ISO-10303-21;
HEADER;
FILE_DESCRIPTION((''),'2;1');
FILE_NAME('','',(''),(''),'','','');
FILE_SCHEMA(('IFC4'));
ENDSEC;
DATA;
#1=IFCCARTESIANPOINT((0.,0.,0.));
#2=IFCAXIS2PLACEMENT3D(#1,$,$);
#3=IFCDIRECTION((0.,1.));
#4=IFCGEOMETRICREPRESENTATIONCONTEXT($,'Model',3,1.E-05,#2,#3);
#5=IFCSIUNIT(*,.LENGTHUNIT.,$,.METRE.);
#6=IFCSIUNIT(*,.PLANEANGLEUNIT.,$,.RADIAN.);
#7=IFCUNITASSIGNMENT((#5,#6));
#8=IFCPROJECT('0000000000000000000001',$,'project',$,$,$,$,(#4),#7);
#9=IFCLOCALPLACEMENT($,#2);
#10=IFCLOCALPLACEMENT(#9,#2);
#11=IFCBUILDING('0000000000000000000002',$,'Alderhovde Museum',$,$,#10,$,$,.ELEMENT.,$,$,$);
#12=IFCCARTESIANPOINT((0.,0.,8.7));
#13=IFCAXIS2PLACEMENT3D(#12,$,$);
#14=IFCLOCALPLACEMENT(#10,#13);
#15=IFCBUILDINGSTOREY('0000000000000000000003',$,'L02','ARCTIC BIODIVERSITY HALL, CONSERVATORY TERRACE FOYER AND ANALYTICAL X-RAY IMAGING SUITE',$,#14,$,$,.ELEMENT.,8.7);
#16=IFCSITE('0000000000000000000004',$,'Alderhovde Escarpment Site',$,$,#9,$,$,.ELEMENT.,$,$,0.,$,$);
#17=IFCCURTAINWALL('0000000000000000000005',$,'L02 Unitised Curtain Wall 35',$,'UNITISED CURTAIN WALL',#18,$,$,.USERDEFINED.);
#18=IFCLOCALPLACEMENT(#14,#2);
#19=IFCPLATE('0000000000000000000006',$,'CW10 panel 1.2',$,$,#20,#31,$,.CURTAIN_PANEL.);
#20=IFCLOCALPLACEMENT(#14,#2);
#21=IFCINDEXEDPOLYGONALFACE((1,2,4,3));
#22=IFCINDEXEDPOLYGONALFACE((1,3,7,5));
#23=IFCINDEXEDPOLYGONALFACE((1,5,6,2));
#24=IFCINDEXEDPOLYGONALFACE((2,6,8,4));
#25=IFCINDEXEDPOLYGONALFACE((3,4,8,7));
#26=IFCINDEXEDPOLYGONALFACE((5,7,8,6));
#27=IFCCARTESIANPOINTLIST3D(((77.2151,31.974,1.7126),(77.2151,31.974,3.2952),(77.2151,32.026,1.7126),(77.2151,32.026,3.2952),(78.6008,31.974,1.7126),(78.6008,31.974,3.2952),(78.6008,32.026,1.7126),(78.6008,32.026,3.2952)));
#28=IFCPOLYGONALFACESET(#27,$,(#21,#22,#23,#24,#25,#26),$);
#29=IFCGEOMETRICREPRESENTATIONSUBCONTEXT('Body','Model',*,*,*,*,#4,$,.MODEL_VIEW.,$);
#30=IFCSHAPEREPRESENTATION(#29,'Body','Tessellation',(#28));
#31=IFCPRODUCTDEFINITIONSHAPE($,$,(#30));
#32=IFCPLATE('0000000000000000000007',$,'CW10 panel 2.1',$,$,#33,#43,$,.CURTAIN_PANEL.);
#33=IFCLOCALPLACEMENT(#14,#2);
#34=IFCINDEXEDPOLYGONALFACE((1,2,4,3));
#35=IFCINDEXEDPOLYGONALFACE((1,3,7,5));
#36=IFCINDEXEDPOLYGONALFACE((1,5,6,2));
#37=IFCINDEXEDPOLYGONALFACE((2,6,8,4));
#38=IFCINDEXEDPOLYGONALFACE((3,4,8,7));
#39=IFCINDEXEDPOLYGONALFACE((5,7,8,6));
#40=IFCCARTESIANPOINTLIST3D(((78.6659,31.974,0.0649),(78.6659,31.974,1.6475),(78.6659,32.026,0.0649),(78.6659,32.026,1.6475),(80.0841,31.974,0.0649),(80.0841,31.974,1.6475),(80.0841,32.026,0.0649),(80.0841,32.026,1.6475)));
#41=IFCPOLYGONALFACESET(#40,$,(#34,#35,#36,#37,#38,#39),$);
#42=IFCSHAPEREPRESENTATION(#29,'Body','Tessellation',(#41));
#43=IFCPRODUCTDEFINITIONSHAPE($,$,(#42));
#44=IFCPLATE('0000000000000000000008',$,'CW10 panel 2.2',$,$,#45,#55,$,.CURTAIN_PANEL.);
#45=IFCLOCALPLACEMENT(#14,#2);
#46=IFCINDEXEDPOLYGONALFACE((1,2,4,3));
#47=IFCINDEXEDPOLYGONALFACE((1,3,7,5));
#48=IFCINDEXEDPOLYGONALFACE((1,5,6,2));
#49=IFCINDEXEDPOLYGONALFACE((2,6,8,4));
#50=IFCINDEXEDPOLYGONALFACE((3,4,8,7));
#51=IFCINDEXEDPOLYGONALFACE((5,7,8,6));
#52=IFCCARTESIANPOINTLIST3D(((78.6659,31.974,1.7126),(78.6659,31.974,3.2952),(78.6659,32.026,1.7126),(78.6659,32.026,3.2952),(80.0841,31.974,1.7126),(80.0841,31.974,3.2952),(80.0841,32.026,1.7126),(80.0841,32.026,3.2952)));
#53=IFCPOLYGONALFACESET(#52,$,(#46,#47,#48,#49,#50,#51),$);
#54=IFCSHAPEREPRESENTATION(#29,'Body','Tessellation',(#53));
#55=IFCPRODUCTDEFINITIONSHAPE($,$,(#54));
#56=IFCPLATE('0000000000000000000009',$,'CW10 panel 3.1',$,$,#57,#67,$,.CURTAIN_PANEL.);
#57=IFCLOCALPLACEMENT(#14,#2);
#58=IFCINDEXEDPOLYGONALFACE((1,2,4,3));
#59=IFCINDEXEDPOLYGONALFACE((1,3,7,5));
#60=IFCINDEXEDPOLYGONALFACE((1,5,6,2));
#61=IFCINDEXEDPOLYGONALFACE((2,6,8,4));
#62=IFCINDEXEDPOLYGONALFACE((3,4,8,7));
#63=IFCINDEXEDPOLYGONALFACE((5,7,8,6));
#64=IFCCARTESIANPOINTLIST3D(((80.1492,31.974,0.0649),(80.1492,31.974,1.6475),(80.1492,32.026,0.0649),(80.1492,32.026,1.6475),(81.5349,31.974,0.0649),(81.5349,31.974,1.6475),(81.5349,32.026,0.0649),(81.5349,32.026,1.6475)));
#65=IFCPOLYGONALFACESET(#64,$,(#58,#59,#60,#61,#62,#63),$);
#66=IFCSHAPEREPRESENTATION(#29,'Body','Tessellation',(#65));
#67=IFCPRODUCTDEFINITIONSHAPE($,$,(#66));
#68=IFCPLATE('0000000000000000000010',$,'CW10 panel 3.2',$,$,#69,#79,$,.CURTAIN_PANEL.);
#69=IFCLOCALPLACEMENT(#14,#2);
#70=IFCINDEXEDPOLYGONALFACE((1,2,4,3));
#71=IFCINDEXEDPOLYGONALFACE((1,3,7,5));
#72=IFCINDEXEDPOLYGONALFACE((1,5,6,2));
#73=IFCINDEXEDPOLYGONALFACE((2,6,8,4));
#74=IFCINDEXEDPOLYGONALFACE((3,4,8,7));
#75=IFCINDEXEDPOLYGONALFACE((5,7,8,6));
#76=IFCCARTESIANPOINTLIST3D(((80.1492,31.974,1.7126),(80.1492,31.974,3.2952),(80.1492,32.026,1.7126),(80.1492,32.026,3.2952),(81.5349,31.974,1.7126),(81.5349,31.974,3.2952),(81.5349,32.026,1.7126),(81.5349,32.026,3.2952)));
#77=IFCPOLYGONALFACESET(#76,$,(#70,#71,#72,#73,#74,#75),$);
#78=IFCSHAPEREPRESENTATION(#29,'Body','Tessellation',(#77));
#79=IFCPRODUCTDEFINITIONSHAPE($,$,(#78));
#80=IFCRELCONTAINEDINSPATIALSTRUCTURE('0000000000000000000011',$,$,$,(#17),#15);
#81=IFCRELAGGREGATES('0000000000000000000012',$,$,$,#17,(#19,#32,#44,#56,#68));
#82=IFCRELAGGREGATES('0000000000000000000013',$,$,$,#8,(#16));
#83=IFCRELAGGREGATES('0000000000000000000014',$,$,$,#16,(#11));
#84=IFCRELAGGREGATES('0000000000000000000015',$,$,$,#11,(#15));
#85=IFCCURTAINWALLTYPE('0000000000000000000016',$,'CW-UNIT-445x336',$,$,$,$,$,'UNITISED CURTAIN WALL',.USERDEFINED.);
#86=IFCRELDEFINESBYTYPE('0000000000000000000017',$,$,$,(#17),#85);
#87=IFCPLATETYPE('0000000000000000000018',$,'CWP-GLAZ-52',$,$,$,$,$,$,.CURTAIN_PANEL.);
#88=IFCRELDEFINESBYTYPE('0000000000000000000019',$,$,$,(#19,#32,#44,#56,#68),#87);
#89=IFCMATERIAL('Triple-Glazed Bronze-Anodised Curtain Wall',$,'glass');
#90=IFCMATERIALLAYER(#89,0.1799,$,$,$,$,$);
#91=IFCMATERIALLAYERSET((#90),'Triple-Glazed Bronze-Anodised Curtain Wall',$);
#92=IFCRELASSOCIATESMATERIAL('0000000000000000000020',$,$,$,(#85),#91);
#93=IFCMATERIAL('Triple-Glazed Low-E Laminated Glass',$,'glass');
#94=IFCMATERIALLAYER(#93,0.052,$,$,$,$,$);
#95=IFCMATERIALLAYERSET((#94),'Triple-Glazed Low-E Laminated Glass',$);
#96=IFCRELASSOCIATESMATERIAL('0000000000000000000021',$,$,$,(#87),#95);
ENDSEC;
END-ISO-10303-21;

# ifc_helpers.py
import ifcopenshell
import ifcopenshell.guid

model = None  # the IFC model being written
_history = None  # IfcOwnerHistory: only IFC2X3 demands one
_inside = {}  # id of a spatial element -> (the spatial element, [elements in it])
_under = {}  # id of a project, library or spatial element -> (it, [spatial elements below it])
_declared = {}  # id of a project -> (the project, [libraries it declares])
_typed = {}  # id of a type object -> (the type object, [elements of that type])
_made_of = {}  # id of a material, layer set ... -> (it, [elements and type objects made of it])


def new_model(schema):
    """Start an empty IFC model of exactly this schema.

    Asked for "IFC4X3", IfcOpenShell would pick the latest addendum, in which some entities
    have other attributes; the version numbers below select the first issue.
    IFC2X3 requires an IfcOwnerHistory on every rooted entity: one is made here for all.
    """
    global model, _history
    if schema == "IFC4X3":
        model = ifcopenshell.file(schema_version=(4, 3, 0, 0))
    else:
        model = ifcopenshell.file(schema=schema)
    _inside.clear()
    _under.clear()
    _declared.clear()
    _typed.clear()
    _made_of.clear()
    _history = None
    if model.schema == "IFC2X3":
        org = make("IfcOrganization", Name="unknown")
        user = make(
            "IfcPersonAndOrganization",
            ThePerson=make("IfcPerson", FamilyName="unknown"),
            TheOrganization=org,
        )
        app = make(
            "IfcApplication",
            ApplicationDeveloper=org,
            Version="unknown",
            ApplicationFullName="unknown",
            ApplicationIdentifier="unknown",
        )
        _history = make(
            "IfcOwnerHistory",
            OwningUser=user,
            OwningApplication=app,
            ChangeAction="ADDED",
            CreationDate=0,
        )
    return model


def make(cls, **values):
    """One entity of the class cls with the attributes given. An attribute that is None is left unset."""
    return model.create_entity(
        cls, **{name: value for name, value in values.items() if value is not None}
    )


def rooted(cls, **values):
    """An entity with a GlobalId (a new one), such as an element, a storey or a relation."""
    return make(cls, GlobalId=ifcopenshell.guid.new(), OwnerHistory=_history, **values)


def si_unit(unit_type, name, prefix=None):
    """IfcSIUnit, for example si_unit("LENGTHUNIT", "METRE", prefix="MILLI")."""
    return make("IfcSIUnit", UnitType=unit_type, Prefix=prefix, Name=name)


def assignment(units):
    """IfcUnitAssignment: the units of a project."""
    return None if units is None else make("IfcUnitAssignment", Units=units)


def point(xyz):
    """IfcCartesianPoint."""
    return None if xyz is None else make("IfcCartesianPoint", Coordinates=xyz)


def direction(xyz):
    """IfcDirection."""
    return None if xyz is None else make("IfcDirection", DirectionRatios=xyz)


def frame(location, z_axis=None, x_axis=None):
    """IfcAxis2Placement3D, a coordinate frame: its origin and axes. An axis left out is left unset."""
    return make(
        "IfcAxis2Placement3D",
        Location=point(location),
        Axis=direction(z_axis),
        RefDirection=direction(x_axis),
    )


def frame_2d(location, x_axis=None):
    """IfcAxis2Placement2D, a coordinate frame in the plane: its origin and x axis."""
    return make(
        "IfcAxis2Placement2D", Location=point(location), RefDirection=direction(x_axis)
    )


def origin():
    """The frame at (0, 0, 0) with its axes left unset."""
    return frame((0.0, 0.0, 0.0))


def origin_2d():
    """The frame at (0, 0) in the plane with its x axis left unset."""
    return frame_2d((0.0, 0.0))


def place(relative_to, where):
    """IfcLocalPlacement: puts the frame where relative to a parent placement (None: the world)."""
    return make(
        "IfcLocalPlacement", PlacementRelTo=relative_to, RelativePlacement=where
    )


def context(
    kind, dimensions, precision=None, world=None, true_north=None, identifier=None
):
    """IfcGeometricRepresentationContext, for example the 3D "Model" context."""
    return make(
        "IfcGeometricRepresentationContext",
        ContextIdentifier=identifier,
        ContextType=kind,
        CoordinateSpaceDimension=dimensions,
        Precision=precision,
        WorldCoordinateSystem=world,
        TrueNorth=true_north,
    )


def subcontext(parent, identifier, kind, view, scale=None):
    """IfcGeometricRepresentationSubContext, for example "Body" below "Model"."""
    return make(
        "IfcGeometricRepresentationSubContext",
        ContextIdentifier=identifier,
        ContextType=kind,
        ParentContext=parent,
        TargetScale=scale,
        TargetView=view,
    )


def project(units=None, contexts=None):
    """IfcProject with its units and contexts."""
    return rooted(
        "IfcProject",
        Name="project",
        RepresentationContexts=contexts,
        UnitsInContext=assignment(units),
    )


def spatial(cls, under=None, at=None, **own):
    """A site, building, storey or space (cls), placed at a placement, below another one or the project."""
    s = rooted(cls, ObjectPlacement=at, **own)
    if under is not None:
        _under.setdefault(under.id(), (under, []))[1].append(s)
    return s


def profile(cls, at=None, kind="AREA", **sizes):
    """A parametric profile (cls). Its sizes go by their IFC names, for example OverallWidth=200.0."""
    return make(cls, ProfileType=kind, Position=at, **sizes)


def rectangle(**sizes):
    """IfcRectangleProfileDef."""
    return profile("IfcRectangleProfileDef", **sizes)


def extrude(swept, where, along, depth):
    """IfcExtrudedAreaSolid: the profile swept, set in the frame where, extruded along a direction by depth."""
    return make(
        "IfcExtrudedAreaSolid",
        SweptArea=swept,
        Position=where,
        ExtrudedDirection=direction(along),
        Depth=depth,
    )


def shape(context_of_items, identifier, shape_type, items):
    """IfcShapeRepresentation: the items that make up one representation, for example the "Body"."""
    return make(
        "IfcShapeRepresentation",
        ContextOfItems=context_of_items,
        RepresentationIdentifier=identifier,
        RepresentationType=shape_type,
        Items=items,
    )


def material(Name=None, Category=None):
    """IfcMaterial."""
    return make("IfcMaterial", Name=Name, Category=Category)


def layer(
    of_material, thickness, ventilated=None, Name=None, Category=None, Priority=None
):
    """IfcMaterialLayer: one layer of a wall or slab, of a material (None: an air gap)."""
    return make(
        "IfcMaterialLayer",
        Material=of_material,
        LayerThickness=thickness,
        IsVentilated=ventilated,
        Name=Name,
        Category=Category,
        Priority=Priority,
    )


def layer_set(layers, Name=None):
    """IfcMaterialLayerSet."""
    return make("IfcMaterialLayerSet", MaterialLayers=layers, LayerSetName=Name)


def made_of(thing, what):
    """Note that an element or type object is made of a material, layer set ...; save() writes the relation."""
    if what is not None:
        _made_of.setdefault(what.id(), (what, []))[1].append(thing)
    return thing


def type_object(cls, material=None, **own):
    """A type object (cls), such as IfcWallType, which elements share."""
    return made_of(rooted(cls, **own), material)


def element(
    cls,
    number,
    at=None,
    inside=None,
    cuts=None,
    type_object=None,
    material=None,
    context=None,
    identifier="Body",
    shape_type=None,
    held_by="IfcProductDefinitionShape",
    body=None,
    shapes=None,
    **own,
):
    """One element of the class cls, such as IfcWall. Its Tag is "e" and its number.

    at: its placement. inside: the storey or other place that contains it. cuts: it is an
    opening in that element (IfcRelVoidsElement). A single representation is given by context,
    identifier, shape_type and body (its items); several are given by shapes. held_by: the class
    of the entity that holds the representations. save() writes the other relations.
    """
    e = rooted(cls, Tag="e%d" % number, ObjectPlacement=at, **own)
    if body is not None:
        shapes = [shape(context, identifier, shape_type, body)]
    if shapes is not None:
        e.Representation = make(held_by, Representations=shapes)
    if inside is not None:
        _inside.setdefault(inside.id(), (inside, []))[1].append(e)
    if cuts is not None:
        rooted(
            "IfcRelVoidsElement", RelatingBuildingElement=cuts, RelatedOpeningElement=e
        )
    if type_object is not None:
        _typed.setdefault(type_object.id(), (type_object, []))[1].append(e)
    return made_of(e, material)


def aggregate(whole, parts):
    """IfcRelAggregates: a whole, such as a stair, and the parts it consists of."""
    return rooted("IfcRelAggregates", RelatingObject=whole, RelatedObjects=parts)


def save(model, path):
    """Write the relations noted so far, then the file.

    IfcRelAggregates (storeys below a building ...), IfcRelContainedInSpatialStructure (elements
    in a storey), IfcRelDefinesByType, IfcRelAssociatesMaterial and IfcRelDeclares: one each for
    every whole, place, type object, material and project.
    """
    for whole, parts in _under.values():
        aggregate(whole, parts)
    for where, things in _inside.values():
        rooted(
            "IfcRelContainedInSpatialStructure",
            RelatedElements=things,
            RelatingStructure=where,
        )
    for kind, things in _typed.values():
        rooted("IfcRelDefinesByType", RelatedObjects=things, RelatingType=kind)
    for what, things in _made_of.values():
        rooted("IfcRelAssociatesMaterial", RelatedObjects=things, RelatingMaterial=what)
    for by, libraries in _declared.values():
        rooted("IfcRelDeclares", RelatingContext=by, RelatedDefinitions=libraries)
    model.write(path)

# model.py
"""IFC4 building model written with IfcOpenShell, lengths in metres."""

from ifc_helpers import new_model, si_unit, direction, frame, origin, origin_2d, place, context, subcontext, project, spatial, rectangle, extrude, material, layer, layer_set, type_object, element, aggregate, save


model = new_model("IFC4")

# Units and contexts
model_context = context("Model", 3, precision=1e-05, world=origin(), true_north=direction((0.0, 1.0)))
body_context = subcontext(model_context, "Body", "Model", "MODEL_VIEW")
ifc_project = project(units=[si_unit("LENGTHUNIT", "METRE"), si_unit("PLANEANGLEUNIT", "RADIAN")], contexts=[model_context])

# Site, building, storey
site_placement = place(None, origin())
site = spatial("IfcSite", under=ifc_project, at=site_placement, Name="Alderhovde Escarpment Site", CompositionType="ELEMENT", RefElevation=0.0)
building_placement = place(site_placement, origin())
building = spatial("IfcBuilding", under=site, at=building_placement, Name="Alderhovde Museum", CompositionType="ELEMENT")
storey_placement = place(building_placement, frame((0.0, 0.0, 8.7)))
storey = spatial("IfcBuildingStorey", under=building, at=storey_placement, Name="L02", Description="ARCTIC BIODIVERSITY HALL, CONSERVATORY TERRACE FOYER AND ANALYTICAL X-RAY IMAGING SUITE", CompositionType="ELEMENT", Elevation=8.7)

# Curtain wall
ifc_material_1 = material(Name="Triple-Glazed Bronze-Anodised Curtain Wall", Category="glass")
ifc_layer_1 = layer(ifc_material_1, 0.1799)
ifc_layer_set_1 = layer_set([ifc_layer_1], Name="Triple-Glazed Bronze-Anodised Curtain Wall")
curtain_wall_type_1 = type_object("IfcCurtainWallType", Name="CW-UNIT-445x336", ElementType="UNITISED CURTAIN WALL", PredefinedType="USERDEFINED", material=ifc_layer_set_1)
curtain_wall_1_placement = place(storey_placement, origin())
curtain_wall_1 = element("IfcCurtainWall", 1, at=curtain_wall_1_placement, inside=storey, type_object=curtain_wall_type_1, Name="L02 Unitised Curtain Wall 35", ObjectType="UNITISED CURTAIN WALL", PredefinedType="USERDEFINED")

# Plates
ifc_material_2 = material(Name="Triple-Glazed Low-E Laminated Glass", Category="glass")
ifc_layer_2 = layer(ifc_material_2, 0.052)
ifc_layer_set_2 = layer_set([ifc_layer_2], Name="Triple-Glazed Low-E Laminated Glass")
plate_type_1 = type_object("IfcPlateType", Name="CWP-GLAZ-52", PredefinedType="CURTAIN_PANEL", material=ifc_layer_set_2)
plate_1_placement = place(storey_placement, frame((77.908, 32.0, 1.7126), z_axis=(0.0, 0.0, 1.0), x_axis=(1.0, 0.0, 0.0)))
plate_1 = element("IfcPlate", 2, at=plate_1_placement, type_object=plate_type_1, Name="CW10 panel 1.2", PredefinedType="CURTAIN_PANEL", context=body_context, shape_type="SweptSolid", body=[
    extrude(rectangle(XDim=1.3857, YDim=0.052, at=origin_2d()), origin(), (0.0, 0.0, 1.0), 1.5825),
])
plate_2_placement = place(storey_placement, frame((79.375, 32.0, 0.0649), z_axis=(0.0, 0.0, 1.0), x_axis=(1.0, 0.0, 0.0)))
plate_2 = element("IfcPlate", 3, at=plate_2_placement, type_object=plate_type_1, Name="CW10 panel 2.1", PredefinedType="CURTAIN_PANEL", context=body_context, shape_type="SweptSolid", body=[
    extrude(rectangle(XDim=1.4182, YDim=0.052, at=origin_2d()), origin(), (0.0, 0.0, 1.0), 1.5825),
])
plate_3_placement = place(storey_placement, frame((79.375, 32.0, 1.7126), z_axis=(0.0, 0.0, 1.0), x_axis=(1.0, 0.0, 0.0)))
plate_3 = element("IfcPlate", 4, at=plate_3_placement, type_object=plate_type_1, Name="CW10 panel 2.2", PredefinedType="CURTAIN_PANEL", context=body_context, shape_type="SweptSolid", body=[
    extrude(rectangle(XDim=1.4182, YDim=0.052, at=origin_2d()), origin(), (0.0, 0.0, 1.0), 1.5825),
])
plate_4_placement = place(storey_placement, frame((80.842, 32.0, 0.0649), z_axis=(0.0, 0.0, 1.0), x_axis=(1.0, 0.0, 0.0)))
plate_4 = element("IfcPlate", 5, at=plate_4_placement, type_object=plate_type_1, Name="CW10 panel 3.1", PredefinedType="CURTAIN_PANEL", context=body_context, shape_type="SweptSolid", body=[
    extrude(rectangle(XDim=1.3857, YDim=0.052, at=origin_2d()), origin(), (0.0, 0.0, 1.0), 1.5825),
])
plate_5_placement = place(storey_placement, frame((80.842, 32.0, 1.7126), z_axis=(0.0, 0.0, 1.0), x_axis=(1.0, 0.0, 0.0)))
plate_5 = element("IfcPlate", 6, at=plate_5_placement, type_object=plate_type_1, Name="CW10 panel 3.2", PredefinedType="CURTAIN_PANEL", context=body_context, shape_type="SweptSolid", body=[
    extrude(rectangle(XDim=1.3857, YDim=0.052, at=origin_2d()), origin(), (0.0, 0.0, 1.0), 1.5825),
])
aggregate(curtain_wall_1, [plate_1, plate_2, plate_3, plate_4, plate_5])

save(model, "model.ifc")
